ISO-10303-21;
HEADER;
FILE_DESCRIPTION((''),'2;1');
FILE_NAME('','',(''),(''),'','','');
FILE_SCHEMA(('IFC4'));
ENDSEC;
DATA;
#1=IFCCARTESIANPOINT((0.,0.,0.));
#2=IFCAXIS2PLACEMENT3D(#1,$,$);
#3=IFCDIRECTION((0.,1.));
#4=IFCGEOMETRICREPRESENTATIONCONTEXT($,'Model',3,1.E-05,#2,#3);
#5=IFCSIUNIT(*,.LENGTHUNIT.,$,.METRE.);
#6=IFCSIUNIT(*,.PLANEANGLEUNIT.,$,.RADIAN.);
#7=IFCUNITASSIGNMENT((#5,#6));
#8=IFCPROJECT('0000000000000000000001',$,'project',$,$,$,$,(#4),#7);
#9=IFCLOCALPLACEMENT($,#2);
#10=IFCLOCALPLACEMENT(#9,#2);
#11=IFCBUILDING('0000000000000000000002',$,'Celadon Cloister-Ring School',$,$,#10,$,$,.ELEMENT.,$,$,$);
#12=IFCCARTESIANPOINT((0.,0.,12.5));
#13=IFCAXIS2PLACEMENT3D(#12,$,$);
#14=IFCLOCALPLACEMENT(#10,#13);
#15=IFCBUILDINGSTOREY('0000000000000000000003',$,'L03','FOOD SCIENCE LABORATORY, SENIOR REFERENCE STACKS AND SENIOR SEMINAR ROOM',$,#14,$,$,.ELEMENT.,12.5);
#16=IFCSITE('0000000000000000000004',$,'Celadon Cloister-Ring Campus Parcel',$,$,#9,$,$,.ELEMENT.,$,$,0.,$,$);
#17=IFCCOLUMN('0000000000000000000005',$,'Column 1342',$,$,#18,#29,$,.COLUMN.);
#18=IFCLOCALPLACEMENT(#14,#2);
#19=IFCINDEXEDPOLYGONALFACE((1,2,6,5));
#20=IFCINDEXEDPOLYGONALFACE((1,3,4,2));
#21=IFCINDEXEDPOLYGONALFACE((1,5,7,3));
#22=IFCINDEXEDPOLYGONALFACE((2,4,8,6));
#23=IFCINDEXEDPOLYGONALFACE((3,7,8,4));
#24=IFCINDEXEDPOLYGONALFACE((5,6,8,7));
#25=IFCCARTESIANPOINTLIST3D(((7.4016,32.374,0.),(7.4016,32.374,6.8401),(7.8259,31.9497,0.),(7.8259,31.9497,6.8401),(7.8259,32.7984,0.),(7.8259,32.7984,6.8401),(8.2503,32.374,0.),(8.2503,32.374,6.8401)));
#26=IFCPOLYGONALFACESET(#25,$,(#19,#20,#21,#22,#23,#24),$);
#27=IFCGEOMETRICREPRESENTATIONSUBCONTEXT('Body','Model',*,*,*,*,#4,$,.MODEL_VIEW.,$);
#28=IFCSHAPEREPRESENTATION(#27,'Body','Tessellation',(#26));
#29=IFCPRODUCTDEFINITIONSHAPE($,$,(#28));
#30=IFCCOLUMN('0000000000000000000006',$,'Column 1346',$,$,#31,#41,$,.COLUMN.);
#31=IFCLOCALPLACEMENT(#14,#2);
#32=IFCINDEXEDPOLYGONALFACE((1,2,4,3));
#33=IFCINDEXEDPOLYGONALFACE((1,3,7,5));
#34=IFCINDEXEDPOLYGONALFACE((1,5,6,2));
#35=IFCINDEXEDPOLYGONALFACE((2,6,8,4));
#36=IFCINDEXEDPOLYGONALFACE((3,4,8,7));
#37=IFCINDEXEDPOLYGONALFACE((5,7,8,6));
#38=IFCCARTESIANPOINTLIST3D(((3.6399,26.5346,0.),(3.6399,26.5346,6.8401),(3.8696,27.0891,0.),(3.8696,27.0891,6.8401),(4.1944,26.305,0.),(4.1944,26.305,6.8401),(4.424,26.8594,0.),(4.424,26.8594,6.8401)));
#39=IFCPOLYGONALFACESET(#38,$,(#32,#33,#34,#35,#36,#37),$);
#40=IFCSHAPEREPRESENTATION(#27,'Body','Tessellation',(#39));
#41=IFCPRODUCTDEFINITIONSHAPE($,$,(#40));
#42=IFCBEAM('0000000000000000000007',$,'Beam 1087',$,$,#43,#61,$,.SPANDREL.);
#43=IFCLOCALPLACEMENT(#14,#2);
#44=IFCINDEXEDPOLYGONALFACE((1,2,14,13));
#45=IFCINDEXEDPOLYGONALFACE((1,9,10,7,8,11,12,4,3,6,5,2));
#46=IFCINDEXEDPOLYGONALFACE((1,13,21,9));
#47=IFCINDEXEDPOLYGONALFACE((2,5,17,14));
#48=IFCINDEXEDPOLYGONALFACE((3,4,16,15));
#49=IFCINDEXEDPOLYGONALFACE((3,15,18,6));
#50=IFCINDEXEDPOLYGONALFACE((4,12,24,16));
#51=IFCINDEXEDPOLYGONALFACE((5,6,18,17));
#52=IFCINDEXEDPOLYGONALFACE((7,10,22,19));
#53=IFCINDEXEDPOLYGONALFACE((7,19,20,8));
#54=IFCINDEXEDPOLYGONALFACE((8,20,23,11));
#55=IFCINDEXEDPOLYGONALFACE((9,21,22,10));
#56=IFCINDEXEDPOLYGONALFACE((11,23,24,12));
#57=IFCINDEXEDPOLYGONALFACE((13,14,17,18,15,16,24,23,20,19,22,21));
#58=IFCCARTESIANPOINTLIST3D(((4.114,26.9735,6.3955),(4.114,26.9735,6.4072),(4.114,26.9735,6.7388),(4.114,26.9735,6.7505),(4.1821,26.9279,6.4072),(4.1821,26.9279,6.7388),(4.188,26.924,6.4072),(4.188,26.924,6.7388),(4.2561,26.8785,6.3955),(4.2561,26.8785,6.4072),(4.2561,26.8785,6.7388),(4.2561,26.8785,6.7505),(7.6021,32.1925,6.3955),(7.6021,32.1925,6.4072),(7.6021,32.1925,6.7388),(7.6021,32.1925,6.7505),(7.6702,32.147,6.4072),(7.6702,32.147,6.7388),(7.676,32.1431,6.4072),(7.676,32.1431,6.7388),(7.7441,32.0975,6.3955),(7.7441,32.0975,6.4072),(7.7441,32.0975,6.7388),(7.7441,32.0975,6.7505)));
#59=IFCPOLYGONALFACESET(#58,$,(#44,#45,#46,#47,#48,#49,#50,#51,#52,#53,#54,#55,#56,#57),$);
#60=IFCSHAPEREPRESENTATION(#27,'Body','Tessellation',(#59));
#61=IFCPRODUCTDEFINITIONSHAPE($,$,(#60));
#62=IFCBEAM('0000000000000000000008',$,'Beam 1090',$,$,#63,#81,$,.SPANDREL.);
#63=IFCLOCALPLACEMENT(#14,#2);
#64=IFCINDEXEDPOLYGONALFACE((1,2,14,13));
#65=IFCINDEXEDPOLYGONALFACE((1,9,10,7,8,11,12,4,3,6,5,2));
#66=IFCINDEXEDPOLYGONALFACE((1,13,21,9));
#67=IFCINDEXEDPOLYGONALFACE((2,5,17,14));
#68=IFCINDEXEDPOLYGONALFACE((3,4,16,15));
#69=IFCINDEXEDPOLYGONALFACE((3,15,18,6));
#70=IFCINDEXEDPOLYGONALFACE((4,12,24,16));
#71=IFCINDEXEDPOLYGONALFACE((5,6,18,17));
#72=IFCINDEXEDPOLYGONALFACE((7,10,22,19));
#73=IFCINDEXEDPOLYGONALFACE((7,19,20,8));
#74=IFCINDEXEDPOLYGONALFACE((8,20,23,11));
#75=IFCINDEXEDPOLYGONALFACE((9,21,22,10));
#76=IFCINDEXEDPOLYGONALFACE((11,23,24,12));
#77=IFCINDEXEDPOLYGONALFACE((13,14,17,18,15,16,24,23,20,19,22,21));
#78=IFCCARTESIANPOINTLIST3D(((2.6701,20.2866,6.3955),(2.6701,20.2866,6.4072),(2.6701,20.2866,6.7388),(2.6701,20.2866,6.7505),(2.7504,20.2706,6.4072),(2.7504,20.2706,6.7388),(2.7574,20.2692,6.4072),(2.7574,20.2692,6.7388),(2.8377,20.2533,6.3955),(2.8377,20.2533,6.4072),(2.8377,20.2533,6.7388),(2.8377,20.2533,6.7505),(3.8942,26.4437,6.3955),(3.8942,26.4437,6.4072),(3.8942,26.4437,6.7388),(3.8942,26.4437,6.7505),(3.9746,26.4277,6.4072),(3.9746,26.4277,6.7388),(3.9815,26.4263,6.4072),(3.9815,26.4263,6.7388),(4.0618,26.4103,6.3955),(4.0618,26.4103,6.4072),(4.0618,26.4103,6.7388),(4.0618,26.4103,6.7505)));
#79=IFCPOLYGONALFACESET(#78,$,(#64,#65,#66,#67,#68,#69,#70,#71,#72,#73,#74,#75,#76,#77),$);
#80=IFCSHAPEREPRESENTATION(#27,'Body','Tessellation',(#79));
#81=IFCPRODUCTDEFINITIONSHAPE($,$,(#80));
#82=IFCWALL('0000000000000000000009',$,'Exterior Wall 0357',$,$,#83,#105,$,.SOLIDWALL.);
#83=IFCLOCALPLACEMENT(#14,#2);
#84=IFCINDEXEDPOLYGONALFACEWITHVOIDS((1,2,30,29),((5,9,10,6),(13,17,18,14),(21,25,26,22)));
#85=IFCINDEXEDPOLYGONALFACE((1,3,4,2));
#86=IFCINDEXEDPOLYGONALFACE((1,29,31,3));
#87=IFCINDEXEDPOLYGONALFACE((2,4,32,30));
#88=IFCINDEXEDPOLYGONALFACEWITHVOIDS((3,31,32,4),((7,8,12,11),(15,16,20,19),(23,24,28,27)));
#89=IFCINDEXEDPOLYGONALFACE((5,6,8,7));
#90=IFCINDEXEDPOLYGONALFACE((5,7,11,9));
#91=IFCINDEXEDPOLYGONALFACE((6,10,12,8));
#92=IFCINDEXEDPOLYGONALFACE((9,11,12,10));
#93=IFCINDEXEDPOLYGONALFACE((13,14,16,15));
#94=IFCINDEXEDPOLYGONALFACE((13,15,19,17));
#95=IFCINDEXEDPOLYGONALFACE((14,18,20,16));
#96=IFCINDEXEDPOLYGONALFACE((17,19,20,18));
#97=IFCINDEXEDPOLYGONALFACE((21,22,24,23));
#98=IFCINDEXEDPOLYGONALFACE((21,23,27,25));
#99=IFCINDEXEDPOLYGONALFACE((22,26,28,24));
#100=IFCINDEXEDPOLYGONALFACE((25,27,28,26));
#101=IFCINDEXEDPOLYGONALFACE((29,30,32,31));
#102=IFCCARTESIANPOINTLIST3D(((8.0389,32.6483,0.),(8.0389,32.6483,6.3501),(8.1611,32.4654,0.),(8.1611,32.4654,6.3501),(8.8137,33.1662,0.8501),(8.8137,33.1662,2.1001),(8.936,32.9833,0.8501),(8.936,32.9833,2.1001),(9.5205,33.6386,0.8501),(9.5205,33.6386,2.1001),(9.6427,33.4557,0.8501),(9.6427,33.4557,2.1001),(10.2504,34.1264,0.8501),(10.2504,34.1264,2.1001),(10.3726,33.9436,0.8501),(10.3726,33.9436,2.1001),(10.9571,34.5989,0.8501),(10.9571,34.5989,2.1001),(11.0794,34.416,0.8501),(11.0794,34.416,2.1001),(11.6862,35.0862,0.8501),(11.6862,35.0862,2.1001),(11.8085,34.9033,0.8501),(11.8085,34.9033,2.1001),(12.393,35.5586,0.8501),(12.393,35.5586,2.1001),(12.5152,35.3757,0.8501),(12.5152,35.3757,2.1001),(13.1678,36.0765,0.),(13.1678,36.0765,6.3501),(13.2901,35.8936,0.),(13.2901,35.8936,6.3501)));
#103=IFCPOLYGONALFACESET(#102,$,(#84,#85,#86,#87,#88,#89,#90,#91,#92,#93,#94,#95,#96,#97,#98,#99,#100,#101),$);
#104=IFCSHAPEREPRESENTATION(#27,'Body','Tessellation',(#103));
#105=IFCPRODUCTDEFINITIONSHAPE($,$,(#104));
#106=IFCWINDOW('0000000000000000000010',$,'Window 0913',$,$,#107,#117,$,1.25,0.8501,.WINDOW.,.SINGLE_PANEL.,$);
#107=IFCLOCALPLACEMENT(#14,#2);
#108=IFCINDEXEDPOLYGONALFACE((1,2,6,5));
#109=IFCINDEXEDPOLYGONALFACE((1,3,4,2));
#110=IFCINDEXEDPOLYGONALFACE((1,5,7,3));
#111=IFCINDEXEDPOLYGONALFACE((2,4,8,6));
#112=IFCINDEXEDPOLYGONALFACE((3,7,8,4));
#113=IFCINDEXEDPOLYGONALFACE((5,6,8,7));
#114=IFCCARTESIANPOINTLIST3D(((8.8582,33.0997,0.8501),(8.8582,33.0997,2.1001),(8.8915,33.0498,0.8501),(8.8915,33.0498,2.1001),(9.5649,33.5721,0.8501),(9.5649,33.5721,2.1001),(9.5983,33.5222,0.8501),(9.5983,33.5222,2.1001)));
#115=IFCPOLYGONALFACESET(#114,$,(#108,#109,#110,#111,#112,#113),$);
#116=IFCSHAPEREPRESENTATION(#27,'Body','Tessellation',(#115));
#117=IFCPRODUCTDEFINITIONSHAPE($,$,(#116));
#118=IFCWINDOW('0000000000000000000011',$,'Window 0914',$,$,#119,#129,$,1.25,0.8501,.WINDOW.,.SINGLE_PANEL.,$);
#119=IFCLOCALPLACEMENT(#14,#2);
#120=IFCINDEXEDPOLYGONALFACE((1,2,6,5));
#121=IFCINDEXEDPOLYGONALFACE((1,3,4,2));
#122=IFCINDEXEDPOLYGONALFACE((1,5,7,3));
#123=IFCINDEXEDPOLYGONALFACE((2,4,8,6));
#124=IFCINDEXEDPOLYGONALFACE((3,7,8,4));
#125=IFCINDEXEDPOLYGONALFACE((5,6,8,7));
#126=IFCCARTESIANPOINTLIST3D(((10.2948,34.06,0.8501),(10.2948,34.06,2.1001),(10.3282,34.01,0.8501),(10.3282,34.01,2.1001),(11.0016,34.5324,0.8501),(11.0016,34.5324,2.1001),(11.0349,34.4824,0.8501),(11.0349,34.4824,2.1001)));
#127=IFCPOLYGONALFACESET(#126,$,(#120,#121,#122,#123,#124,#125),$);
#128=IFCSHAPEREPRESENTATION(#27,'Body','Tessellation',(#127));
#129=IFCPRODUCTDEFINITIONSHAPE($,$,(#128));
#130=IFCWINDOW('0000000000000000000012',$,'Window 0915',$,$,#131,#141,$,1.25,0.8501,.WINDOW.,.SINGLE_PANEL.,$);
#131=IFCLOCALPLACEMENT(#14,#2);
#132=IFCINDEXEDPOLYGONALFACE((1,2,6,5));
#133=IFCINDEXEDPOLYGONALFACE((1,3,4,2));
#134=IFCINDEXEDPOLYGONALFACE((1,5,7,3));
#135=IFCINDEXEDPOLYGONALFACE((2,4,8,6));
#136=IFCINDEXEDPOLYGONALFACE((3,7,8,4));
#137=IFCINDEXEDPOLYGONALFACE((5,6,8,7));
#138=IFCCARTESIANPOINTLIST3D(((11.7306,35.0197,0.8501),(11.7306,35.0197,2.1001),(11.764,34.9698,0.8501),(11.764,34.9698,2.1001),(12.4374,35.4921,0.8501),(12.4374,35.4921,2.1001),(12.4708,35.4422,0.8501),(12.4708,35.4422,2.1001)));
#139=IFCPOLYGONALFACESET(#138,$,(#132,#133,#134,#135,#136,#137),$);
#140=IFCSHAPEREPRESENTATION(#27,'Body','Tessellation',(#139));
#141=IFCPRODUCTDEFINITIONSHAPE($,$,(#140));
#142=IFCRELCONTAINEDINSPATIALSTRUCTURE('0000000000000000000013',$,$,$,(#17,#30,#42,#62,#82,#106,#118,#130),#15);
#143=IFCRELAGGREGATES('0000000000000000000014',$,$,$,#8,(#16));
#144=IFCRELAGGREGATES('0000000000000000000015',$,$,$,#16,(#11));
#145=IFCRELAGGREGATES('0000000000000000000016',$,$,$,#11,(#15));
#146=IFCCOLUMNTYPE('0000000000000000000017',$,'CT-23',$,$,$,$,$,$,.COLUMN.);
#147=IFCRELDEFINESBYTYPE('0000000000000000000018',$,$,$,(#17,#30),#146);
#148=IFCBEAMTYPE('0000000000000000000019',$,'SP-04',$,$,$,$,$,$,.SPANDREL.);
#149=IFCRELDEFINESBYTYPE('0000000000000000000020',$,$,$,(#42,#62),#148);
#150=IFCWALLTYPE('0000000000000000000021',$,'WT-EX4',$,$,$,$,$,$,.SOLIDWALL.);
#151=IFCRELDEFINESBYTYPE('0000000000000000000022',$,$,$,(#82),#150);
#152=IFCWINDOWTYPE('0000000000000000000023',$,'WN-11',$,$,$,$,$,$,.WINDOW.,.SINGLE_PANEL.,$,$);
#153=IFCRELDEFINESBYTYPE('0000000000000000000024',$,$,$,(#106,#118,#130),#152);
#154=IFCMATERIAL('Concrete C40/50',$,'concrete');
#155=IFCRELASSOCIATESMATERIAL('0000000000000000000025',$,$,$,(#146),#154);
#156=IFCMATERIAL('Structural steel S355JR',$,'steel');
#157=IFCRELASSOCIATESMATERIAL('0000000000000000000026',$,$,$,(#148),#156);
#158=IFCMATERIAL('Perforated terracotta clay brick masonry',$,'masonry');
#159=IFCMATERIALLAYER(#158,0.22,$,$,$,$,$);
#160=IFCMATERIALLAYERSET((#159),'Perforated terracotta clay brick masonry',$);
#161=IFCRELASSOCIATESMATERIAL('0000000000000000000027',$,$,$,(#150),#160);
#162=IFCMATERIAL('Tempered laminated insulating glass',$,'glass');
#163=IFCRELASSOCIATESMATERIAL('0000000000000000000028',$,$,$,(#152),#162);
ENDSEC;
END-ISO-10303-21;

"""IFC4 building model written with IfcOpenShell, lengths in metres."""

from ifc_helpers import new_model, si_unit, direction, frame, frame_2d, origin, origin_2d, place, context, subcontext, project, spatial, rectangle, i_section, extrude, material, layer, layer_set, material_profile, profile_set, type_object, element, fill, save


model = new_model("IFC4")

# Units and contexts
model_context = context("Model", 3, precision=1e-05, world=origin(), true_north=direction((0.0, 1.0)))
body_context = subcontext(model_context, "Body", "Model", "MODEL_VIEW")
ifc_project = project(units=[si_unit("LENGTHUNIT", "METRE"), si_unit("PLANEANGLEUNIT", "RADIAN")], contexts=[model_context])

# Site, building, storey
site_placement = place(None, origin())
site = spatial("IfcSite", under=ifc_project, at=site_placement, Name="Celadon Cloister-Ring Campus Parcel", CompositionType="ELEMENT", RefElevation=0.0)
building_placement = place(site_placement, origin())
building = spatial("IfcBuilding", under=site, at=building_placement, Name="Celadon Cloister-Ring School", CompositionType="ELEMENT")
storey_placement = place(building_placement, frame((0.0, 0.0, 12.5)))
storey = spatial("IfcBuildingStorey", under=building, at=storey_placement, Name="L03", Description="FOOD SCIENCE LABORATORY, SENIOR REFERENCE STACKS AND SENIOR SEMINAR ROOM", CompositionType="ELEMENT", Elevation=12.5)

# Columns
ifc_material_1 = material(Name="Concrete C40/50", Category="concrete")
ifc_material_profile_1 = material_profile(ifc_material_1, rectangle(XDim=0.6001, YDim=0.6001, at=origin_2d()), Name="RC600X600")
ifc_profile_set_1 = profile_set([ifc_material_profile_1], Name="Concrete C40/50")
column_type = type_object("IfcColumnType", Name="CT-23", PredefinedType="COLUMN", material=ifc_profile_set_1)
for number, where, z_axis, x_axis, name in (
    (1, (7.8259, 32.374, 0.0), (0.0, 0.0, 1.0), (-0.707107, 0.707107, 0.0), "Column 1342"),
    (2, (4.032, 26.697, 0.0), (0.0, 0.0, 1.0), (-0.92388, 0.382683, 0.0), "Column 1346"),
):
    element("IfcColumn", number, at=place(storey_placement, frame(where, z_axis=z_axis, x_axis=x_axis)), inside=storey, type_object=column_type, Name=name, PredefinedType="COLUMN", context=body_context, shape_type="SweptSolid", body=[
        extrude(rectangle(XDim=0.6001, YDim=0.6001, at=origin_2d()), origin(), (0.0, 0.0, 1.0), 6.8401),
    ])

# Beams
ifc_material_2 = material(Name="Structural steel S355JR", Category="steel")
ifc_material_profile_2 = material_profile(ifc_material_2, i_section(OverallWidth=0.1709, OverallDepth=0.355, WebThickness=0.0071, FlangeThickness=0.0117, at=origin_2d()), Name="W360X51")
ifc_profile_set_2 = profile_set([ifc_material_profile_2], Name="Structural steel S355JR")
beam_type = type_object("IfcBeamType", Name="SP-04", PredefinedType="SPANDREL", material=ifc_profile_set_2)
beam_1_placement = place(storey_placement, frame((7.6731, 32.145, 6.573), z_axis=(-0.55566, -0.83141, 0.0), x_axis=(0.83141, -0.55566, 0.0)))
element("IfcBeam", 3, at=beam_1_placement, inside=storey, type_object=beam_type, Name="Beam 1087", PredefinedType="SPANDREL", context=body_context, shape_type="SweptSolid", body=[
    extrude(i_section(OverallWidth=0.1709, OverallDepth=0.355, WebThickness=0.0071, FlangeThickness=0.0117, at=origin_2d()), origin(), (0.0, 0.0, 1.0), 6.2773),
])
beam_2_placement = place(storey_placement, frame((3.978, 26.427, 6.573), z_axis=(-0.195002, -0.980803, 0.0), x_axis=(0.980803, -0.195002, 0.0)))
element("IfcBeam", 4, at=beam_2_placement, inside=storey, type_object=beam_type, Name="Beam 1090", PredefinedType="SPANDREL", context=body_context, shape_type="SweptSolid", body=[
    extrude(i_section(OverallWidth=0.1709, OverallDepth=0.355, WebThickness=0.0071, FlangeThickness=0.0117, at=origin_2d()), origin(), (0.0, 0.0, 1.0), 6.2776),
])

# Wall, openings, windows
ifc_material_3 = material(Name="Perforated terracotta clay brick masonry", Category="masonry")
ifc_layer_1 = layer(ifc_material_3, 0.22)
ifc_layer_set_1 = layer_set([ifc_layer_1], Name="Perforated terracotta clay brick masonry")
wall_type_1 = type_object("IfcWallType", Name="WT-EX4", PredefinedType="SOLIDWALL", material=ifc_layer_set_1)
wall_1_placement = place(storey_placement, frame((8.1001, 32.5569, 0.0), z_axis=(0.0, 0.0, 1.0), x_axis=(0.83138, 0.555704, 0.0)))
wall_1 = element("IfcWall", 5, at=wall_1_placement, inside=storey, type_object=wall_type_1, Name="Exterior Wall 0357", PredefinedType="SOLIDWALL", context=body_context, shape_type="SweptSolid", body=[
    extrude(rectangle(XDim=6.1692, YDim=0.22, at=frame_2d((3.0845, 0.0))), origin(), (0.0, 0.0, 1.0), 6.3501),
])
opening_1_placement = place(wall_1_placement, frame((0.9319, 0.0, 0.8501)))
opening_1 = element("IfcOpeningElement", 6, at=opening_1_placement, cuts=wall_1, PredefinedType="OPENING", context=body_context, shape_type="SweptSolid", body=[
    extrude(rectangle(XDim=0.8501, YDim=1.25, at=frame_2d((0.425, 0.625))), frame((0.0, 0.1201, 0.0), z_axis=(0.0, -1.0, 0.0), x_axis=(1.0, 0.0, 0.0)), (0.0, 0.0, 1.0), 0.24),
])
opening_2_placement = place(wall_1_placement, frame((2.6599, 0.0, 0.8501)))
opening_2 = element("IfcOpeningElement", 7, at=opening_2_placement, cuts=wall_1, PredefinedType="OPENING", context=body_context, shape_type="SweptSolid", body=[
    extrude(rectangle(XDim=0.8501, YDim=1.25, at=frame_2d((0.425, 0.625))), frame((0.0, 0.1201, 0.0), z_axis=(0.0, -1.0, 0.0), x_axis=(1.0, 0.0, 0.0)), (0.0, 0.0, 1.0), 0.24),
])
opening_3_placement = place(wall_1_placement, frame((4.387, 0.0, 0.8501)))
opening_3 = element("IfcOpeningElement", 8, at=opening_3_placement, cuts=wall_1, PredefinedType="OPENING", context=body_context, shape_type="SweptSolid", body=[
    extrude(rectangle(XDim=0.8501, YDim=1.25, at=frame_2d((0.425, 0.625))), frame((0.0, 0.1201, 0.0), z_axis=(0.0, -1.0, 0.0), x_axis=(1.0, 0.0, 0.0)), (0.0, 0.0, 1.0), 0.24),
])
ifc_material_4 = material(Name="Tempered laminated insulating glass", Category="glass")
window_type = type_object("IfcWindowType", Name="WN-11", PartitioningType="SINGLE_PANEL", PredefinedType="WINDOW", material=ifc_material_4)
window_1_placement = place(opening_1_placement, origin())
window_1 = element("IfcWindow", 9, at=window_1_placement, inside=storey, type_object=window_type, Name="Window 0913", OverallHeight=1.25, OverallWidth=0.8501, PartitioningType="SINGLE_PANEL", PredefinedType="WINDOW", context=body_context, shape_type="SweptSolid", body=[
    extrude(rectangle(XDim=0.8501, YDim=1.25, at=frame_2d((0.425, 0.625))), frame((0.0, 0.03, 0.0), z_axis=(0.0, -1.0, 0.0), x_axis=(1.0, 0.0, 0.0)), (0.0, 0.0, 1.0), 0.0601),
])
fill(opening_1, window_1)
window_2_placement = place(opening_2_placement, origin())
window_2 = element("IfcWindow", 10, at=window_2_placement, inside=storey, type_object=window_type, Name="Window 0914", OverallHeight=1.25, OverallWidth=0.8501, PartitioningType="SINGLE_PANEL", PredefinedType="WINDOW", context=body_context, shape_type="SweptSolid", body=[
    extrude(rectangle(XDim=0.8501, YDim=1.25, at=frame_2d((0.425, 0.625))), frame((0.0, 0.03, 0.0), z_axis=(0.0, -1.0, 0.0), x_axis=(1.0, 0.0, 0.0)), (0.0, 0.0, 1.0), 0.0601),
])
fill(opening_2, window_2)
window_3_placement = place(opening_3_placement, origin())
window_3 = element("IfcWindow", 11, at=window_3_placement, inside=storey, type_object=window_type, Name="Window 0915", OverallHeight=1.25, OverallWidth=0.8501, PartitioningType="SINGLE_PANEL", PredefinedType="WINDOW", context=body_context, shape_type="SweptSolid", body=[
    extrude(rectangle(XDim=0.8501, YDim=1.25, at=frame_2d((0.425, 0.625))), frame((0.0, 0.03, 0.0), z_axis=(0.0, -1.0, 0.0), x_axis=(1.0, 0.0, 0.0)), (0.0, 0.0, 1.0), 0.0601),
])
fill(opening_3, window_3)

save(model, "model.ifc")
